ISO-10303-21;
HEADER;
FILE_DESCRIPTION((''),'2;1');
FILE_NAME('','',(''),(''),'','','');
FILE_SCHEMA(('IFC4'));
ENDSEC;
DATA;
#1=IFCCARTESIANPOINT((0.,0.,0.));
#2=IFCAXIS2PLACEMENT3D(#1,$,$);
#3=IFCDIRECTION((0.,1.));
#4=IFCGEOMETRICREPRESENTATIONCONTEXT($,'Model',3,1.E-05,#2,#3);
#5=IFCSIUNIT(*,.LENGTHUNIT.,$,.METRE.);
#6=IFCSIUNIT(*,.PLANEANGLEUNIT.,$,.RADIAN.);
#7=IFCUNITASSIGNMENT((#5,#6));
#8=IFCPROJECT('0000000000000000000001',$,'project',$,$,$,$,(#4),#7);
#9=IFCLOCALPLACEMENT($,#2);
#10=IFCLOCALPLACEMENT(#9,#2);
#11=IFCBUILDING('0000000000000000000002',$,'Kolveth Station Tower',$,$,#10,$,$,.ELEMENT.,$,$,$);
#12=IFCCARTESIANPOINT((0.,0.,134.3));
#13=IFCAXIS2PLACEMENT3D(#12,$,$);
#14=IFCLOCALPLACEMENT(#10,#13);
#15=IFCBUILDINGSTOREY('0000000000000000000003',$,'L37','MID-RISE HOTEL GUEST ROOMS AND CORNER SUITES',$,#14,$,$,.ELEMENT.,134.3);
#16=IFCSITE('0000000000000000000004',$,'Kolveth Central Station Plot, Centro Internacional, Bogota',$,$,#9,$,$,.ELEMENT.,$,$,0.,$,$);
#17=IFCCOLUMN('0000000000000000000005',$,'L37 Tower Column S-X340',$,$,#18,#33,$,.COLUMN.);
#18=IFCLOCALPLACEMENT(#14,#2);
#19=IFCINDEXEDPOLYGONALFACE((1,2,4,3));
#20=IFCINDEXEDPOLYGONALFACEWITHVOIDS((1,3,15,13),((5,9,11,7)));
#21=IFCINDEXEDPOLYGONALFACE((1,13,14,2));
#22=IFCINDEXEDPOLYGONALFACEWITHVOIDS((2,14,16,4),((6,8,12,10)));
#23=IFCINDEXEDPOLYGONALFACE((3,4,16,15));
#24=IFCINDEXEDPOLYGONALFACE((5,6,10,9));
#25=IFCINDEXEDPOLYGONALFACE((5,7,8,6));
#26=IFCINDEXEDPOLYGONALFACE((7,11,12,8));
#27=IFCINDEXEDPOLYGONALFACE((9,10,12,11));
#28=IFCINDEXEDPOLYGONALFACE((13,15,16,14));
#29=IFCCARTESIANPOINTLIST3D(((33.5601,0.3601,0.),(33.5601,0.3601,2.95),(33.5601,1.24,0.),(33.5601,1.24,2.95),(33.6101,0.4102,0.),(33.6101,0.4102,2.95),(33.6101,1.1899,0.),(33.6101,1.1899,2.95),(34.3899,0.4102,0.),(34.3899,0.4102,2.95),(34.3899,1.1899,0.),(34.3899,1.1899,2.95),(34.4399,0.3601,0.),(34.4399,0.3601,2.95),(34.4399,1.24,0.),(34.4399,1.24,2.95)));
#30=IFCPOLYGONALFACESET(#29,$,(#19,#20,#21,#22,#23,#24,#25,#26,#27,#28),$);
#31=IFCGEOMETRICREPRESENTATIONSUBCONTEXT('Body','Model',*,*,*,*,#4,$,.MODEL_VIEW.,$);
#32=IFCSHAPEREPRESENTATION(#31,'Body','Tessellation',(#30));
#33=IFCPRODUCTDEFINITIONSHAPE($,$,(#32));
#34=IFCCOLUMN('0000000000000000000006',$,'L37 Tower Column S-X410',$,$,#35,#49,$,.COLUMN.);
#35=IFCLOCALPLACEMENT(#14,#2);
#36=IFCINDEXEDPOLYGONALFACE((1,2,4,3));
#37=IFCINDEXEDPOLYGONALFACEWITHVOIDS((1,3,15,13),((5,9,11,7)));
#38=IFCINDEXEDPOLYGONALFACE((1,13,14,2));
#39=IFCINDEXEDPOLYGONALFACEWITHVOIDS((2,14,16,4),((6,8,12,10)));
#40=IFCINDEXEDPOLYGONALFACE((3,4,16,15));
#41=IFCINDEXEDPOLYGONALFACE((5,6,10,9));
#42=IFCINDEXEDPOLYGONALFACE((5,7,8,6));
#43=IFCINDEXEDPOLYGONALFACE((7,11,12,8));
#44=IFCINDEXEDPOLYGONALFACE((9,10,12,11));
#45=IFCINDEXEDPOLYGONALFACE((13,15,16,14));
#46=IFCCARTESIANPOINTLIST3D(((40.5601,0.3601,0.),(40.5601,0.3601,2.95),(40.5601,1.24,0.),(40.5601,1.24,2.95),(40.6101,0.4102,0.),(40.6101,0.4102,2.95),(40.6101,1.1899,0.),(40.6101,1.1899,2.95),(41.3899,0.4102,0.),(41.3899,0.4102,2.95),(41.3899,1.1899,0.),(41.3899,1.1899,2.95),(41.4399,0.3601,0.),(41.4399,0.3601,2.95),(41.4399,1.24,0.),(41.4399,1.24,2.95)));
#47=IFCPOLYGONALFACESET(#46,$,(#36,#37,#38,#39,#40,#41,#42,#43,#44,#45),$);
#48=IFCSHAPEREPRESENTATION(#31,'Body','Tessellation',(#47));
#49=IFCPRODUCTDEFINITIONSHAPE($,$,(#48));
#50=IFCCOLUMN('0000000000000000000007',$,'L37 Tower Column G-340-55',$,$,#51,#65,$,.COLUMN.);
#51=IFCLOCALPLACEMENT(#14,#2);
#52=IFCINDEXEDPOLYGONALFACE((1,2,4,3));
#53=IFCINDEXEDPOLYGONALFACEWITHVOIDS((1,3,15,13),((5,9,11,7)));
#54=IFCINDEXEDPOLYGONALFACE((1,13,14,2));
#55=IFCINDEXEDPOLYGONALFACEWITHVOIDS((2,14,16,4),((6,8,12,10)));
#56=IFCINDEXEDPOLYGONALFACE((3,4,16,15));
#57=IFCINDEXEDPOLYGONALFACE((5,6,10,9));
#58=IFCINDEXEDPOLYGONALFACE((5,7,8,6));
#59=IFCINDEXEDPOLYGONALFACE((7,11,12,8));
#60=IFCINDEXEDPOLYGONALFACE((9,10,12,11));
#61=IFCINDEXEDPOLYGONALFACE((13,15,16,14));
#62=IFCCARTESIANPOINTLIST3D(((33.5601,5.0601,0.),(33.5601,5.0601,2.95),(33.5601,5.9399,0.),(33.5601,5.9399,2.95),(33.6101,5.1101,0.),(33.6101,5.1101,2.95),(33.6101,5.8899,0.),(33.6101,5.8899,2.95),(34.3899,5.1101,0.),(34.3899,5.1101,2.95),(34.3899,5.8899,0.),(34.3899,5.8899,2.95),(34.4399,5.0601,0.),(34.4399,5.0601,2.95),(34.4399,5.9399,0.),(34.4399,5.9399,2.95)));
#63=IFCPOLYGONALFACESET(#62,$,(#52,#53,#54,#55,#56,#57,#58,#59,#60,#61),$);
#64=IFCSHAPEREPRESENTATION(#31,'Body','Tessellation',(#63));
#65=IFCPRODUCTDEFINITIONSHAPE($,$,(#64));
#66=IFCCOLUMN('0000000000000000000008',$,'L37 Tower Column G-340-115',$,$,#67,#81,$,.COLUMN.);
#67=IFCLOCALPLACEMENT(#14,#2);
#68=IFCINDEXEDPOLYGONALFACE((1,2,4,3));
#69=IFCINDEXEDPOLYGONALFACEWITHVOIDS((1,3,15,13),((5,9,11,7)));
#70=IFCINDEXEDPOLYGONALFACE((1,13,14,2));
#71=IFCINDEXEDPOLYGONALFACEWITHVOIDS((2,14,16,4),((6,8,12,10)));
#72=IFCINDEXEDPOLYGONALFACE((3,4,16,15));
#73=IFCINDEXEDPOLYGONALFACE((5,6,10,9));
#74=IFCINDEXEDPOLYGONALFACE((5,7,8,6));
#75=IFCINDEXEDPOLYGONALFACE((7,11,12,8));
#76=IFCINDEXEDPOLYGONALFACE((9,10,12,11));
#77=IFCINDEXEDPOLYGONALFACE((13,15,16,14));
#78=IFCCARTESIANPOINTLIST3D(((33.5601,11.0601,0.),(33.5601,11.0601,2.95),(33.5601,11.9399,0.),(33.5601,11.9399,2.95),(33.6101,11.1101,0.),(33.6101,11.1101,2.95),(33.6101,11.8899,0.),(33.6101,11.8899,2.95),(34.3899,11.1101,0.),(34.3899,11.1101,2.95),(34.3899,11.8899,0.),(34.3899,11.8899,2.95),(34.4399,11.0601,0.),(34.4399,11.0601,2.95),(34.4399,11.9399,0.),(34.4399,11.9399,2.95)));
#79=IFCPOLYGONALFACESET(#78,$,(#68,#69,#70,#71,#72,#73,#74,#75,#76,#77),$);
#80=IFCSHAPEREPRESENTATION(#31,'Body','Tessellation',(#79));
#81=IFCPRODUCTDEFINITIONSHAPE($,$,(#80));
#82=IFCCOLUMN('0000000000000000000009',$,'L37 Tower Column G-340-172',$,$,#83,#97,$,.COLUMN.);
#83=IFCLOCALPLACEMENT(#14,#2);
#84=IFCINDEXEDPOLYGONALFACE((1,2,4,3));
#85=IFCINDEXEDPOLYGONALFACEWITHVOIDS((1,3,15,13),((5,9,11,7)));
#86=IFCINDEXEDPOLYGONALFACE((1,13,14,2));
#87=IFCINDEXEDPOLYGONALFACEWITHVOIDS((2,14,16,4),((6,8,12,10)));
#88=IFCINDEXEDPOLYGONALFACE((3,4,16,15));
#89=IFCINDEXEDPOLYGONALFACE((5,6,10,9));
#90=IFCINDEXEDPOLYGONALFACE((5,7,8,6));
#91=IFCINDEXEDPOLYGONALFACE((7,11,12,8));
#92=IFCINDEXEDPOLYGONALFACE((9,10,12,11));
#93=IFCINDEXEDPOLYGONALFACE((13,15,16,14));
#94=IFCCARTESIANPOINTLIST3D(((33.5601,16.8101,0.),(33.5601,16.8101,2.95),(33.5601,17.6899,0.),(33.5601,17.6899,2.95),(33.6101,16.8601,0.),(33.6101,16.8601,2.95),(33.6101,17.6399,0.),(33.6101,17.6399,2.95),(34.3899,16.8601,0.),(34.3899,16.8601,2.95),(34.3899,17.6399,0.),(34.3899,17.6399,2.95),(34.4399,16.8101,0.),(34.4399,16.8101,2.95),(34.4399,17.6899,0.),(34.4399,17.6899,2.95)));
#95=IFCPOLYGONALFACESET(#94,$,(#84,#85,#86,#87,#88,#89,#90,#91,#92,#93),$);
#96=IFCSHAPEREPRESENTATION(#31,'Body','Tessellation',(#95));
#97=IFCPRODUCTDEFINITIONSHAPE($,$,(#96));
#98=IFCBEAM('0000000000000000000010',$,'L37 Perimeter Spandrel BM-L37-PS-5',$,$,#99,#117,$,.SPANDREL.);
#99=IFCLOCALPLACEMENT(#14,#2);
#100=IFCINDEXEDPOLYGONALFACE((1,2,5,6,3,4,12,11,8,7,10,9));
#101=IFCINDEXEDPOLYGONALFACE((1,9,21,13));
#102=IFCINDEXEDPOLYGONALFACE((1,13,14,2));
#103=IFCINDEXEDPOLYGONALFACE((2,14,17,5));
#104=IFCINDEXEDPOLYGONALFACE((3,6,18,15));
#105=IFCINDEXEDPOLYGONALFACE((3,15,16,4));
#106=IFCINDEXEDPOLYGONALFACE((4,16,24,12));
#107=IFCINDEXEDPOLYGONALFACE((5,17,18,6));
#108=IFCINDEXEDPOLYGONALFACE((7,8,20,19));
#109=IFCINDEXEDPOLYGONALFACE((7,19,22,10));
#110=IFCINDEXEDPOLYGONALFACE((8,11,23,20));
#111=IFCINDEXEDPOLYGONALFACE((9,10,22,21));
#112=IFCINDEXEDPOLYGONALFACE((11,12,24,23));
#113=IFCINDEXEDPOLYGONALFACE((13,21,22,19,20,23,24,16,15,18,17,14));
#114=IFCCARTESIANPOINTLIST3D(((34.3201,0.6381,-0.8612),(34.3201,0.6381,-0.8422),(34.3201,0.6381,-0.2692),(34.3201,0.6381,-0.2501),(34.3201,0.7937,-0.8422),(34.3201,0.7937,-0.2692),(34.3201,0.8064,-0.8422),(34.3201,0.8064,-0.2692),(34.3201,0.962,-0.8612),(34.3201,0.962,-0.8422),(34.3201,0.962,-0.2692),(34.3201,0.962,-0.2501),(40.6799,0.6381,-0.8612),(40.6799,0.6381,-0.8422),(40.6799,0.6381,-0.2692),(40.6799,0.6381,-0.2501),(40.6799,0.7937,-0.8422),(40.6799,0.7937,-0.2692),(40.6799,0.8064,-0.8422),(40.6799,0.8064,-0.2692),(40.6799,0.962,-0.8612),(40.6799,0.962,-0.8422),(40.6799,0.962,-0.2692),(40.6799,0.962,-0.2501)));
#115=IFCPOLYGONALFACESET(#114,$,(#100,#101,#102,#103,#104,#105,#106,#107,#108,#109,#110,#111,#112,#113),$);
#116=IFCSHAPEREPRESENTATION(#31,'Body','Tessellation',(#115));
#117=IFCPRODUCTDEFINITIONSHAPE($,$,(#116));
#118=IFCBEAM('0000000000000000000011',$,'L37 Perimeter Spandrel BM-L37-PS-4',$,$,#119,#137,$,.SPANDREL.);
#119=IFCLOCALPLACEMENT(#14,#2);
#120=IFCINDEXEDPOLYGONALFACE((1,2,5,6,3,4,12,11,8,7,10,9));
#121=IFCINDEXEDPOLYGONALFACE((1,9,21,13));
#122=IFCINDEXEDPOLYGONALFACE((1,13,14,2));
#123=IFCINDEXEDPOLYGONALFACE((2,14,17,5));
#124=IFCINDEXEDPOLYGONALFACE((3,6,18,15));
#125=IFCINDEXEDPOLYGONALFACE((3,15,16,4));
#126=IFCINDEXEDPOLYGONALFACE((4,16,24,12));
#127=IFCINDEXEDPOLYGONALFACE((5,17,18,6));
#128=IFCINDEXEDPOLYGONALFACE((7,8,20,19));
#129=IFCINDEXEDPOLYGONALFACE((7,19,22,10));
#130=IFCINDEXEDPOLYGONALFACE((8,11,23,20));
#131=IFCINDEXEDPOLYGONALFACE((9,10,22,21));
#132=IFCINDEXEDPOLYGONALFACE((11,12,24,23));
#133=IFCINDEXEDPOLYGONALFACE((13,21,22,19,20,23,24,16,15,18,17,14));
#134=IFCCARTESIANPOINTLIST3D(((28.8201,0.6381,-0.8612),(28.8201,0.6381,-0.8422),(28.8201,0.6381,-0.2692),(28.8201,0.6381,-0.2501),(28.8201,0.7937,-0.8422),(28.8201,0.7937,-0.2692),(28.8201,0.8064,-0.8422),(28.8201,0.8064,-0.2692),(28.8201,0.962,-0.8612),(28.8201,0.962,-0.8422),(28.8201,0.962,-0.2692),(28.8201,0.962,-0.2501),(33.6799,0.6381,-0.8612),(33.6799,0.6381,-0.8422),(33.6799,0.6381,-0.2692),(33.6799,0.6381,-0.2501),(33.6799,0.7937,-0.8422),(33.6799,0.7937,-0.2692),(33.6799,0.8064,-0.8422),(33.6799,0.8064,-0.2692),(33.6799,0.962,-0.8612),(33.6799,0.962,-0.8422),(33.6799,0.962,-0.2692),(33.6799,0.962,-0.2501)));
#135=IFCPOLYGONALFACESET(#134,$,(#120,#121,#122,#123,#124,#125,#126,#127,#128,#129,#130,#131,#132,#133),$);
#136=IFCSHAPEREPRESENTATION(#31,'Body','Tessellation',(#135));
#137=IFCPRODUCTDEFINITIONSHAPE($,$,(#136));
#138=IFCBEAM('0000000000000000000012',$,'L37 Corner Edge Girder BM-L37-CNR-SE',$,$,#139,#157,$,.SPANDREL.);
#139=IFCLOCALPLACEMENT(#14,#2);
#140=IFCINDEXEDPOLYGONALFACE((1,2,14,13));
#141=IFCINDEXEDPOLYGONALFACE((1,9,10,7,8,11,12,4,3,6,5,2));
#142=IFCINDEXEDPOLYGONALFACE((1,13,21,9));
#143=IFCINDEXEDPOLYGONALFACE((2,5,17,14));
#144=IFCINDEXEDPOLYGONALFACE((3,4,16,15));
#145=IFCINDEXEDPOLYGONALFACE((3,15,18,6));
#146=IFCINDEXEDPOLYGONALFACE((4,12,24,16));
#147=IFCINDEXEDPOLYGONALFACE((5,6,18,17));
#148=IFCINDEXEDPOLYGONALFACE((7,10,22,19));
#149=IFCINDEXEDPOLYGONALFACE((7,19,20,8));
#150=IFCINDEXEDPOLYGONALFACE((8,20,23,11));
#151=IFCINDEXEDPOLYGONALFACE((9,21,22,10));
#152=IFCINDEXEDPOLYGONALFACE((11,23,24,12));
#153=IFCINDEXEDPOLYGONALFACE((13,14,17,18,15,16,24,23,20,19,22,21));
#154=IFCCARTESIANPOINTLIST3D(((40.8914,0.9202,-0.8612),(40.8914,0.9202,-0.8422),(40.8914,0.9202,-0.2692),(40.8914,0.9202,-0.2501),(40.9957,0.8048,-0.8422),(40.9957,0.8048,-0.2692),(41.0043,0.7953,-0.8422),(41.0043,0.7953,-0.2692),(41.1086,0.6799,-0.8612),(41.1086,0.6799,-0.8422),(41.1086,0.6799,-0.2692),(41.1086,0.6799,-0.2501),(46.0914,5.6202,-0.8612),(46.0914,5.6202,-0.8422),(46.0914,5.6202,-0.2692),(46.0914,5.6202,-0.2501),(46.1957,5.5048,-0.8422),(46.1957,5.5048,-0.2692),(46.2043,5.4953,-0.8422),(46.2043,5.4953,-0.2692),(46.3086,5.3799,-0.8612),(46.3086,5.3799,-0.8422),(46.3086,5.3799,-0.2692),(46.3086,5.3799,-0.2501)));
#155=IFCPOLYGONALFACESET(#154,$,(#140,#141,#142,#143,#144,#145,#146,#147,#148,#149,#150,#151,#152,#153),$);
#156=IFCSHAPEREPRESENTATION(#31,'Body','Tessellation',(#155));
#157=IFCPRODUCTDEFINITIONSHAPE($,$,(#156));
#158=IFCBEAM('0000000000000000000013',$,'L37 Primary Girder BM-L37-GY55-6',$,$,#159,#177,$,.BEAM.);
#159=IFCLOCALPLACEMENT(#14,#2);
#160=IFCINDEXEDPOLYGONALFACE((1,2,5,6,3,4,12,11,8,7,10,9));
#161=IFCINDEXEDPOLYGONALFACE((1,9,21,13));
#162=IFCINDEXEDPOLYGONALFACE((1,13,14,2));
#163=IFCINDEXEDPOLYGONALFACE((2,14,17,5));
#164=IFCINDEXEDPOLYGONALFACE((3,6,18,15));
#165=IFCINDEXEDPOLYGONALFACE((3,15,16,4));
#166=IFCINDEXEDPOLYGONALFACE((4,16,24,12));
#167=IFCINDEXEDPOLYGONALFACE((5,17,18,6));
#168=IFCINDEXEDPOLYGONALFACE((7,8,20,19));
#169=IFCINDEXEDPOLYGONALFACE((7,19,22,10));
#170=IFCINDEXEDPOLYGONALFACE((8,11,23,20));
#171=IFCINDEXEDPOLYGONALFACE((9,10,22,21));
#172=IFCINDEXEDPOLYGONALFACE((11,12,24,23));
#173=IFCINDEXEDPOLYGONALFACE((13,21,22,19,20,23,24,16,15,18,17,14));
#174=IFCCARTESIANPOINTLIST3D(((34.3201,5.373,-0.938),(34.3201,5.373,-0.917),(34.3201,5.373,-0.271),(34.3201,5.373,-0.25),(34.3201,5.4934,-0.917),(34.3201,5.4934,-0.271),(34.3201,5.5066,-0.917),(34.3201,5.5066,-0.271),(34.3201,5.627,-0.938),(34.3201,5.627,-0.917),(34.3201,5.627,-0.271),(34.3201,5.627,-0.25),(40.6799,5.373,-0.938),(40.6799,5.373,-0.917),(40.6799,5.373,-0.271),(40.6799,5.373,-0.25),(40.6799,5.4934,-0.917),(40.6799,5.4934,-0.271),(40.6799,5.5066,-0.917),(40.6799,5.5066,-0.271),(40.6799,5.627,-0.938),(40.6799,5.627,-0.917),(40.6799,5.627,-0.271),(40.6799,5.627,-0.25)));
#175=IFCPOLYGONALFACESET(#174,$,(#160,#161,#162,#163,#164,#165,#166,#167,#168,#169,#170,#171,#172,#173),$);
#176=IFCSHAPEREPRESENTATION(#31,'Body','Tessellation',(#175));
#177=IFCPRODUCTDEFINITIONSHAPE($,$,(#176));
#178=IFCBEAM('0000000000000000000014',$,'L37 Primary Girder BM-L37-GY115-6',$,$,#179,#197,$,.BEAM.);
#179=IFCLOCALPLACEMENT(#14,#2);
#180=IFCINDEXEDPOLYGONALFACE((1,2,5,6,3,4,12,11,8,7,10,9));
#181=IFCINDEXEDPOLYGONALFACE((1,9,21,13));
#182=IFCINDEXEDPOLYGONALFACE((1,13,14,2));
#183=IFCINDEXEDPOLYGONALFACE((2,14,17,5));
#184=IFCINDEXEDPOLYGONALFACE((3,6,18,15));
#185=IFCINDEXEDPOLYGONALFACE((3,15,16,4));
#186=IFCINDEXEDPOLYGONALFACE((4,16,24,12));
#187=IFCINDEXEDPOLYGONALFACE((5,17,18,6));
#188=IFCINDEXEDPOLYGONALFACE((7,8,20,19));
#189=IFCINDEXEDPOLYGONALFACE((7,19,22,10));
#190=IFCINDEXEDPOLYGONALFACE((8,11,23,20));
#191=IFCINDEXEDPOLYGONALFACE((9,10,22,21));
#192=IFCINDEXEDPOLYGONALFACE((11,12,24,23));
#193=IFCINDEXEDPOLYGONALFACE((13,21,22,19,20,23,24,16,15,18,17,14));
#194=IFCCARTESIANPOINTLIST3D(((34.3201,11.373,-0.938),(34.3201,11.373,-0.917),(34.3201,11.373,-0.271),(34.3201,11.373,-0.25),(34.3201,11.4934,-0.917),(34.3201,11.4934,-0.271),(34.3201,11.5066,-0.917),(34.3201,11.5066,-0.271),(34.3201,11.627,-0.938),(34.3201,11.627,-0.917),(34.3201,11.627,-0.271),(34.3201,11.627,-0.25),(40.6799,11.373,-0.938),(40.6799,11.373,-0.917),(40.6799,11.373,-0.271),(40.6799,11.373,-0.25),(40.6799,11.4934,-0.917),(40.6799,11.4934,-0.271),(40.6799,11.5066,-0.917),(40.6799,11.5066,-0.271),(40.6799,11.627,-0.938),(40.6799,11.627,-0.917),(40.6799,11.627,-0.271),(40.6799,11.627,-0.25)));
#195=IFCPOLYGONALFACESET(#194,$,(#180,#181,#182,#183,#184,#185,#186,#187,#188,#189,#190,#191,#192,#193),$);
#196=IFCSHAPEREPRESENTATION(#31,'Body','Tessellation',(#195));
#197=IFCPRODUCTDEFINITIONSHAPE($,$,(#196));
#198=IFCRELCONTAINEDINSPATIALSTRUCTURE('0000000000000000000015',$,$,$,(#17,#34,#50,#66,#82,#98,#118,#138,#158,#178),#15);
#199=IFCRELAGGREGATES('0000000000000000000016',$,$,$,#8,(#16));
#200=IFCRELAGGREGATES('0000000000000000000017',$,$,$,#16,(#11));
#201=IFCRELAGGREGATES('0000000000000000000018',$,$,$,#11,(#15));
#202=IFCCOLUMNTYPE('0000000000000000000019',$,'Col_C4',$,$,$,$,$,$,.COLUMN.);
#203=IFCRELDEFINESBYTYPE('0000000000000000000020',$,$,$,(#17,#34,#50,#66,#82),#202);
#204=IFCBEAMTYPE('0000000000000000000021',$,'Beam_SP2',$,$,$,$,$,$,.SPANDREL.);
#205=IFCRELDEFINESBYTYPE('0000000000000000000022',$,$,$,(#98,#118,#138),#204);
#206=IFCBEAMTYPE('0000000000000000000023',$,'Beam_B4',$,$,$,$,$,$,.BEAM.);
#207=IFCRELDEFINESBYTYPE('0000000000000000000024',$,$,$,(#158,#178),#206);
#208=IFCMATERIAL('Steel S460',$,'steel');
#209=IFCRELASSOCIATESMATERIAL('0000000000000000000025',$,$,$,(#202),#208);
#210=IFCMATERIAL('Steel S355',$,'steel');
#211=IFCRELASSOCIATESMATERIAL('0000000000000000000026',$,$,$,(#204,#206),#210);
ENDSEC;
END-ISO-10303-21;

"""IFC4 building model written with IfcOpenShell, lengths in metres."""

from ifc_helpers import new_model, si_unit, direction, frame, origin, origin_2d, place, context, subcontext, project, spatial, hollow_rectangle, i_section, extrude, source, transform, mapped, material, material_profile, profile_set, type_object, element, save


model = new_model("IFC4")

# Units and contexts
model_context = context("Model", 3, precision=1e-05, world=origin(), true_north=direction((0.0, 1.0)))
body_context = subcontext(model_context, "Body", "Model", "MODEL_VIEW")
ifc_project = project(units=[si_unit("LENGTHUNIT", "METRE"), si_unit("PLANEANGLEUNIT", "RADIAN")], contexts=[model_context])

# Site, building, storey
site_placement = place(None, origin())
site = spatial("IfcSite", under=ifc_project, at=site_placement, Name="Kolveth Central Station Plot, Centro Internacional, Bogota", CompositionType="ELEMENT", RefElevation=0.0)
building_placement = place(site_placement, origin())
building = spatial("IfcBuilding", under=site, at=building_placement, Name="Kolveth Station Tower", CompositionType="ELEMENT")
storey_placement = place(building_placement, frame((0.0, 0.0, 134.3)))
storey = spatial("IfcBuildingStorey", under=building, at=storey_placement, Name="L37", Description="MID-RISE HOTEL GUEST ROOMS AND CORNER SUITES", CompositionType="ELEMENT", Elevation=134.3)

# Columns
ifc_material_1 = material(Name="Steel S460", Category="steel")
ifc_material_profile_1 = material_profile(ifc_material_1, hollow_rectangle(XDim=0.8799, YDim=0.8799, WallThickness=0.05, at=origin_2d()), Name="BOX880x880x50")
ifc_profile_set_1 = profile_set([ifc_material_profile_1], Name="Steel S460")
column_type = type_object("IfcColumnType", Name="Col_C4", PredefinedType="COLUMN", material=ifc_profile_set_1)
shared_shape_1 = source(origin(), body_context, "Body", "SweptSolid", [
    extrude(hollow_rectangle(XDim=0.8799, YDim=0.8799, WallThickness=0.05, at=origin_2d()), origin(), (0.0, 0.0, 1.0), 2.95),
])
for number, where, z_axis, x_axis, name in (
    (1, (34.0, 0.8, 0.0), (0.0, 0.0, 1.0), (1.0, 0.0, 0.0), "L37 Tower Column S-X340"),
    (2, (41.0, 0.8, 0.0), (0.0, 0.0, 1.0), (1.0, 0.0, 0.0), "L37 Tower Column S-X410"),
    (3, (34.0, 5.5, 0.0), (0.0, 0.0, 1.0), (1.0, 0.0, 0.0), "L37 Tower Column G-340-55"),
    (4, (34.0, 11.5, 0.0), (0.0, 0.0, 1.0), (1.0, 0.0, 0.0), "L37 Tower Column G-340-115"),
    (5, (34.0, 17.25, 0.0), (0.0, 0.0, 1.0), (1.0, 0.0, 0.0), "L37 Tower Column G-340-172"),
):
    element("IfcColumn", number, at=place(storey_placement, frame(where, z_axis=z_axis, x_axis=x_axis)), inside=storey, type_object=column_type, Name=name, PredefinedType="COLUMN", context=body_context, shape_type="MappedRepresentation", body=[
        mapped(shared_shape_1, transform((0.0, 0.0, 0.0), x_axis=(1.0, 0.0, 0.0), y_axis=(0.0, 1.0, 0.0), z_axis=(0.0, 0.0, 1.0), scale=1.0)),
    ])

# Beams
ifc_material_2 = material(Name="Steel S355", Category="steel")
ifc_material_profile_2 = material_profile(ifc_material_2, i_section(OverallWidth=0.324, OverallDepth=0.6111, WebThickness=0.0127, FlangeThickness=0.019, at=origin_2d()), Name="W610x155")
ifc_profile_set_2 = profile_set([ifc_material_profile_2], Name="Steel S355")
beam_type_1 = type_object("IfcBeamType", Name="Beam_SP2", PredefinedType="SPANDREL", material=ifc_profile_set_2)
shared_shape_2 = source(origin(), body_context, "Body", "SweptSolid", [
    extrude(i_section(OverallWidth=0.324, OverallDepth=0.6111, WebThickness=0.0127, FlangeThickness=0.019, at=origin_2d()), origin(), (0.0, 0.0, 1.0), 6.3599),
])
beam_1_placement = place(storey_placement, frame((34.3201, 0.8, -0.5557), z_axis=(1.0, 0.0, 0.0), x_axis=(0.0, 1.0, 0.0)))
element("IfcBeam", 6, at=beam_1_placement, inside=storey, type_object=beam_type_1, Name="L37 Perimeter Spandrel BM-L37-PS-5", PredefinedType="SPANDREL", context=body_context, shape_type="MappedRepresentation", body=[
    mapped(shared_shape_2, transform((0.0, 0.0, 0.0), x_axis=(1.0, 0.0, 0.0), y_axis=(0.0, 1.0, 0.0), z_axis=(0.0, 0.0, 1.0), scale=1.0)),
])
shared_shape_3 = source(origin(), body_context, "Body", "SweptSolid", [
    extrude(i_section(OverallWidth=0.324, OverallDepth=0.6111, WebThickness=0.0127, FlangeThickness=0.019, at=origin_2d()), origin(), (0.0, 0.0, 1.0), 4.8599),
])
beam_2_placement = place(storey_placement, frame((28.8201, 0.8, -0.5557), z_axis=(1.0, 0.0, 0.0), x_axis=(0.0, 1.0, 0.0)))
element("IfcBeam", 7, at=beam_2_placement, inside=storey, type_object=beam_type_1, Name="L37 Perimeter Spandrel BM-L37-PS-4", PredefinedType="SPANDREL", context=body_context, shape_type="MappedRepresentation", body=[
    mapped(shared_shape_3, transform((0.0, 0.0, 0.0), x_axis=(1.0, 0.0, 0.0), y_axis=(0.0, 1.0, 0.0), z_axis=(0.0, 0.0, 1.0), scale=1.0)),
])
shared_shape_4 = source(origin(), body_context, "Body", "SweptSolid", [
    extrude(i_section(OverallWidth=0.324, OverallDepth=0.6111, WebThickness=0.0127, FlangeThickness=0.019, at=origin_2d()), origin(), (0.0, 0.0, 1.0), 7.0093),
])
beam_3_placement = place(storey_placement, frame((41.0, 0.8, -0.5557), z_axis=(0.741874, 0.670539, 0.0), x_axis=(-0.670539, 0.741874, 0.0)))
element("IfcBeam", 8, at=beam_3_placement, inside=storey, type_object=beam_type_1, Name="L37 Corner Edge Girder BM-L37-CNR-SE", PredefinedType="SPANDREL", context=body_context, shape_type="MappedRepresentation", body=[
    mapped(shared_shape_4, transform((0.0, 0.0, 0.0), x_axis=(1.0, 0.0, 0.0), y_axis=(0.0, 1.0, 0.0), z_axis=(0.0, 0.0, 1.0), scale=1.0)),
])
ifc_material_profile_3 = material_profile(ifc_material_2, i_section(OverallWidth=0.2539, OverallDepth=0.688, WebThickness=0.0132, FlangeThickness=0.021, at=origin_2d()), Name="W690x152")
ifc_profile_set_3 = profile_set([ifc_material_profile_3], Name="Steel S355")
beam_type_2 = type_object("IfcBeamType", Name="Beam_B4", PredefinedType="BEAM", material=ifc_profile_set_3)
shared_shape_5 = source(origin(), body_context, "Body", "SweptSolid", [
    extrude(i_section(OverallWidth=0.2539, OverallDepth=0.688, WebThickness=0.0132, FlangeThickness=0.021, at=origin_2d()), origin(), (0.0, 0.0, 1.0), 6.3599),
])
for number, where, z_axis, x_axis, name in (
    (9, (34.3201, 5.5, -0.594), (1.0, 0.0, 0.0), (0.0, 1.0, 0.0), "L37 Primary Girder BM-L37-GY55-6"),
    (10, (34.3201, 11.5, -0.594), (1.0, 0.0, 0.0), (0.0, 1.0, 0.0), "L37 Primary Girder BM-L37-GY115-6"),
):
    element("IfcBeam", number, at=place(storey_placement, frame(where, z_axis=z_axis, x_axis=x_axis)), inside=storey, type_object=beam_type_2, Name=name, PredefinedType="BEAM", context=body_context, shape_type="MappedRepresentation", body=[
        mapped(shared_shape_5, transform((0.0, 0.0, 0.0), x_axis=(1.0, 0.0, 0.0), y_axis=(0.0, 1.0, 0.0), z_axis=(0.0, 0.0, 1.0), scale=1.0)),
    ])

save(model, "model.ifc")
